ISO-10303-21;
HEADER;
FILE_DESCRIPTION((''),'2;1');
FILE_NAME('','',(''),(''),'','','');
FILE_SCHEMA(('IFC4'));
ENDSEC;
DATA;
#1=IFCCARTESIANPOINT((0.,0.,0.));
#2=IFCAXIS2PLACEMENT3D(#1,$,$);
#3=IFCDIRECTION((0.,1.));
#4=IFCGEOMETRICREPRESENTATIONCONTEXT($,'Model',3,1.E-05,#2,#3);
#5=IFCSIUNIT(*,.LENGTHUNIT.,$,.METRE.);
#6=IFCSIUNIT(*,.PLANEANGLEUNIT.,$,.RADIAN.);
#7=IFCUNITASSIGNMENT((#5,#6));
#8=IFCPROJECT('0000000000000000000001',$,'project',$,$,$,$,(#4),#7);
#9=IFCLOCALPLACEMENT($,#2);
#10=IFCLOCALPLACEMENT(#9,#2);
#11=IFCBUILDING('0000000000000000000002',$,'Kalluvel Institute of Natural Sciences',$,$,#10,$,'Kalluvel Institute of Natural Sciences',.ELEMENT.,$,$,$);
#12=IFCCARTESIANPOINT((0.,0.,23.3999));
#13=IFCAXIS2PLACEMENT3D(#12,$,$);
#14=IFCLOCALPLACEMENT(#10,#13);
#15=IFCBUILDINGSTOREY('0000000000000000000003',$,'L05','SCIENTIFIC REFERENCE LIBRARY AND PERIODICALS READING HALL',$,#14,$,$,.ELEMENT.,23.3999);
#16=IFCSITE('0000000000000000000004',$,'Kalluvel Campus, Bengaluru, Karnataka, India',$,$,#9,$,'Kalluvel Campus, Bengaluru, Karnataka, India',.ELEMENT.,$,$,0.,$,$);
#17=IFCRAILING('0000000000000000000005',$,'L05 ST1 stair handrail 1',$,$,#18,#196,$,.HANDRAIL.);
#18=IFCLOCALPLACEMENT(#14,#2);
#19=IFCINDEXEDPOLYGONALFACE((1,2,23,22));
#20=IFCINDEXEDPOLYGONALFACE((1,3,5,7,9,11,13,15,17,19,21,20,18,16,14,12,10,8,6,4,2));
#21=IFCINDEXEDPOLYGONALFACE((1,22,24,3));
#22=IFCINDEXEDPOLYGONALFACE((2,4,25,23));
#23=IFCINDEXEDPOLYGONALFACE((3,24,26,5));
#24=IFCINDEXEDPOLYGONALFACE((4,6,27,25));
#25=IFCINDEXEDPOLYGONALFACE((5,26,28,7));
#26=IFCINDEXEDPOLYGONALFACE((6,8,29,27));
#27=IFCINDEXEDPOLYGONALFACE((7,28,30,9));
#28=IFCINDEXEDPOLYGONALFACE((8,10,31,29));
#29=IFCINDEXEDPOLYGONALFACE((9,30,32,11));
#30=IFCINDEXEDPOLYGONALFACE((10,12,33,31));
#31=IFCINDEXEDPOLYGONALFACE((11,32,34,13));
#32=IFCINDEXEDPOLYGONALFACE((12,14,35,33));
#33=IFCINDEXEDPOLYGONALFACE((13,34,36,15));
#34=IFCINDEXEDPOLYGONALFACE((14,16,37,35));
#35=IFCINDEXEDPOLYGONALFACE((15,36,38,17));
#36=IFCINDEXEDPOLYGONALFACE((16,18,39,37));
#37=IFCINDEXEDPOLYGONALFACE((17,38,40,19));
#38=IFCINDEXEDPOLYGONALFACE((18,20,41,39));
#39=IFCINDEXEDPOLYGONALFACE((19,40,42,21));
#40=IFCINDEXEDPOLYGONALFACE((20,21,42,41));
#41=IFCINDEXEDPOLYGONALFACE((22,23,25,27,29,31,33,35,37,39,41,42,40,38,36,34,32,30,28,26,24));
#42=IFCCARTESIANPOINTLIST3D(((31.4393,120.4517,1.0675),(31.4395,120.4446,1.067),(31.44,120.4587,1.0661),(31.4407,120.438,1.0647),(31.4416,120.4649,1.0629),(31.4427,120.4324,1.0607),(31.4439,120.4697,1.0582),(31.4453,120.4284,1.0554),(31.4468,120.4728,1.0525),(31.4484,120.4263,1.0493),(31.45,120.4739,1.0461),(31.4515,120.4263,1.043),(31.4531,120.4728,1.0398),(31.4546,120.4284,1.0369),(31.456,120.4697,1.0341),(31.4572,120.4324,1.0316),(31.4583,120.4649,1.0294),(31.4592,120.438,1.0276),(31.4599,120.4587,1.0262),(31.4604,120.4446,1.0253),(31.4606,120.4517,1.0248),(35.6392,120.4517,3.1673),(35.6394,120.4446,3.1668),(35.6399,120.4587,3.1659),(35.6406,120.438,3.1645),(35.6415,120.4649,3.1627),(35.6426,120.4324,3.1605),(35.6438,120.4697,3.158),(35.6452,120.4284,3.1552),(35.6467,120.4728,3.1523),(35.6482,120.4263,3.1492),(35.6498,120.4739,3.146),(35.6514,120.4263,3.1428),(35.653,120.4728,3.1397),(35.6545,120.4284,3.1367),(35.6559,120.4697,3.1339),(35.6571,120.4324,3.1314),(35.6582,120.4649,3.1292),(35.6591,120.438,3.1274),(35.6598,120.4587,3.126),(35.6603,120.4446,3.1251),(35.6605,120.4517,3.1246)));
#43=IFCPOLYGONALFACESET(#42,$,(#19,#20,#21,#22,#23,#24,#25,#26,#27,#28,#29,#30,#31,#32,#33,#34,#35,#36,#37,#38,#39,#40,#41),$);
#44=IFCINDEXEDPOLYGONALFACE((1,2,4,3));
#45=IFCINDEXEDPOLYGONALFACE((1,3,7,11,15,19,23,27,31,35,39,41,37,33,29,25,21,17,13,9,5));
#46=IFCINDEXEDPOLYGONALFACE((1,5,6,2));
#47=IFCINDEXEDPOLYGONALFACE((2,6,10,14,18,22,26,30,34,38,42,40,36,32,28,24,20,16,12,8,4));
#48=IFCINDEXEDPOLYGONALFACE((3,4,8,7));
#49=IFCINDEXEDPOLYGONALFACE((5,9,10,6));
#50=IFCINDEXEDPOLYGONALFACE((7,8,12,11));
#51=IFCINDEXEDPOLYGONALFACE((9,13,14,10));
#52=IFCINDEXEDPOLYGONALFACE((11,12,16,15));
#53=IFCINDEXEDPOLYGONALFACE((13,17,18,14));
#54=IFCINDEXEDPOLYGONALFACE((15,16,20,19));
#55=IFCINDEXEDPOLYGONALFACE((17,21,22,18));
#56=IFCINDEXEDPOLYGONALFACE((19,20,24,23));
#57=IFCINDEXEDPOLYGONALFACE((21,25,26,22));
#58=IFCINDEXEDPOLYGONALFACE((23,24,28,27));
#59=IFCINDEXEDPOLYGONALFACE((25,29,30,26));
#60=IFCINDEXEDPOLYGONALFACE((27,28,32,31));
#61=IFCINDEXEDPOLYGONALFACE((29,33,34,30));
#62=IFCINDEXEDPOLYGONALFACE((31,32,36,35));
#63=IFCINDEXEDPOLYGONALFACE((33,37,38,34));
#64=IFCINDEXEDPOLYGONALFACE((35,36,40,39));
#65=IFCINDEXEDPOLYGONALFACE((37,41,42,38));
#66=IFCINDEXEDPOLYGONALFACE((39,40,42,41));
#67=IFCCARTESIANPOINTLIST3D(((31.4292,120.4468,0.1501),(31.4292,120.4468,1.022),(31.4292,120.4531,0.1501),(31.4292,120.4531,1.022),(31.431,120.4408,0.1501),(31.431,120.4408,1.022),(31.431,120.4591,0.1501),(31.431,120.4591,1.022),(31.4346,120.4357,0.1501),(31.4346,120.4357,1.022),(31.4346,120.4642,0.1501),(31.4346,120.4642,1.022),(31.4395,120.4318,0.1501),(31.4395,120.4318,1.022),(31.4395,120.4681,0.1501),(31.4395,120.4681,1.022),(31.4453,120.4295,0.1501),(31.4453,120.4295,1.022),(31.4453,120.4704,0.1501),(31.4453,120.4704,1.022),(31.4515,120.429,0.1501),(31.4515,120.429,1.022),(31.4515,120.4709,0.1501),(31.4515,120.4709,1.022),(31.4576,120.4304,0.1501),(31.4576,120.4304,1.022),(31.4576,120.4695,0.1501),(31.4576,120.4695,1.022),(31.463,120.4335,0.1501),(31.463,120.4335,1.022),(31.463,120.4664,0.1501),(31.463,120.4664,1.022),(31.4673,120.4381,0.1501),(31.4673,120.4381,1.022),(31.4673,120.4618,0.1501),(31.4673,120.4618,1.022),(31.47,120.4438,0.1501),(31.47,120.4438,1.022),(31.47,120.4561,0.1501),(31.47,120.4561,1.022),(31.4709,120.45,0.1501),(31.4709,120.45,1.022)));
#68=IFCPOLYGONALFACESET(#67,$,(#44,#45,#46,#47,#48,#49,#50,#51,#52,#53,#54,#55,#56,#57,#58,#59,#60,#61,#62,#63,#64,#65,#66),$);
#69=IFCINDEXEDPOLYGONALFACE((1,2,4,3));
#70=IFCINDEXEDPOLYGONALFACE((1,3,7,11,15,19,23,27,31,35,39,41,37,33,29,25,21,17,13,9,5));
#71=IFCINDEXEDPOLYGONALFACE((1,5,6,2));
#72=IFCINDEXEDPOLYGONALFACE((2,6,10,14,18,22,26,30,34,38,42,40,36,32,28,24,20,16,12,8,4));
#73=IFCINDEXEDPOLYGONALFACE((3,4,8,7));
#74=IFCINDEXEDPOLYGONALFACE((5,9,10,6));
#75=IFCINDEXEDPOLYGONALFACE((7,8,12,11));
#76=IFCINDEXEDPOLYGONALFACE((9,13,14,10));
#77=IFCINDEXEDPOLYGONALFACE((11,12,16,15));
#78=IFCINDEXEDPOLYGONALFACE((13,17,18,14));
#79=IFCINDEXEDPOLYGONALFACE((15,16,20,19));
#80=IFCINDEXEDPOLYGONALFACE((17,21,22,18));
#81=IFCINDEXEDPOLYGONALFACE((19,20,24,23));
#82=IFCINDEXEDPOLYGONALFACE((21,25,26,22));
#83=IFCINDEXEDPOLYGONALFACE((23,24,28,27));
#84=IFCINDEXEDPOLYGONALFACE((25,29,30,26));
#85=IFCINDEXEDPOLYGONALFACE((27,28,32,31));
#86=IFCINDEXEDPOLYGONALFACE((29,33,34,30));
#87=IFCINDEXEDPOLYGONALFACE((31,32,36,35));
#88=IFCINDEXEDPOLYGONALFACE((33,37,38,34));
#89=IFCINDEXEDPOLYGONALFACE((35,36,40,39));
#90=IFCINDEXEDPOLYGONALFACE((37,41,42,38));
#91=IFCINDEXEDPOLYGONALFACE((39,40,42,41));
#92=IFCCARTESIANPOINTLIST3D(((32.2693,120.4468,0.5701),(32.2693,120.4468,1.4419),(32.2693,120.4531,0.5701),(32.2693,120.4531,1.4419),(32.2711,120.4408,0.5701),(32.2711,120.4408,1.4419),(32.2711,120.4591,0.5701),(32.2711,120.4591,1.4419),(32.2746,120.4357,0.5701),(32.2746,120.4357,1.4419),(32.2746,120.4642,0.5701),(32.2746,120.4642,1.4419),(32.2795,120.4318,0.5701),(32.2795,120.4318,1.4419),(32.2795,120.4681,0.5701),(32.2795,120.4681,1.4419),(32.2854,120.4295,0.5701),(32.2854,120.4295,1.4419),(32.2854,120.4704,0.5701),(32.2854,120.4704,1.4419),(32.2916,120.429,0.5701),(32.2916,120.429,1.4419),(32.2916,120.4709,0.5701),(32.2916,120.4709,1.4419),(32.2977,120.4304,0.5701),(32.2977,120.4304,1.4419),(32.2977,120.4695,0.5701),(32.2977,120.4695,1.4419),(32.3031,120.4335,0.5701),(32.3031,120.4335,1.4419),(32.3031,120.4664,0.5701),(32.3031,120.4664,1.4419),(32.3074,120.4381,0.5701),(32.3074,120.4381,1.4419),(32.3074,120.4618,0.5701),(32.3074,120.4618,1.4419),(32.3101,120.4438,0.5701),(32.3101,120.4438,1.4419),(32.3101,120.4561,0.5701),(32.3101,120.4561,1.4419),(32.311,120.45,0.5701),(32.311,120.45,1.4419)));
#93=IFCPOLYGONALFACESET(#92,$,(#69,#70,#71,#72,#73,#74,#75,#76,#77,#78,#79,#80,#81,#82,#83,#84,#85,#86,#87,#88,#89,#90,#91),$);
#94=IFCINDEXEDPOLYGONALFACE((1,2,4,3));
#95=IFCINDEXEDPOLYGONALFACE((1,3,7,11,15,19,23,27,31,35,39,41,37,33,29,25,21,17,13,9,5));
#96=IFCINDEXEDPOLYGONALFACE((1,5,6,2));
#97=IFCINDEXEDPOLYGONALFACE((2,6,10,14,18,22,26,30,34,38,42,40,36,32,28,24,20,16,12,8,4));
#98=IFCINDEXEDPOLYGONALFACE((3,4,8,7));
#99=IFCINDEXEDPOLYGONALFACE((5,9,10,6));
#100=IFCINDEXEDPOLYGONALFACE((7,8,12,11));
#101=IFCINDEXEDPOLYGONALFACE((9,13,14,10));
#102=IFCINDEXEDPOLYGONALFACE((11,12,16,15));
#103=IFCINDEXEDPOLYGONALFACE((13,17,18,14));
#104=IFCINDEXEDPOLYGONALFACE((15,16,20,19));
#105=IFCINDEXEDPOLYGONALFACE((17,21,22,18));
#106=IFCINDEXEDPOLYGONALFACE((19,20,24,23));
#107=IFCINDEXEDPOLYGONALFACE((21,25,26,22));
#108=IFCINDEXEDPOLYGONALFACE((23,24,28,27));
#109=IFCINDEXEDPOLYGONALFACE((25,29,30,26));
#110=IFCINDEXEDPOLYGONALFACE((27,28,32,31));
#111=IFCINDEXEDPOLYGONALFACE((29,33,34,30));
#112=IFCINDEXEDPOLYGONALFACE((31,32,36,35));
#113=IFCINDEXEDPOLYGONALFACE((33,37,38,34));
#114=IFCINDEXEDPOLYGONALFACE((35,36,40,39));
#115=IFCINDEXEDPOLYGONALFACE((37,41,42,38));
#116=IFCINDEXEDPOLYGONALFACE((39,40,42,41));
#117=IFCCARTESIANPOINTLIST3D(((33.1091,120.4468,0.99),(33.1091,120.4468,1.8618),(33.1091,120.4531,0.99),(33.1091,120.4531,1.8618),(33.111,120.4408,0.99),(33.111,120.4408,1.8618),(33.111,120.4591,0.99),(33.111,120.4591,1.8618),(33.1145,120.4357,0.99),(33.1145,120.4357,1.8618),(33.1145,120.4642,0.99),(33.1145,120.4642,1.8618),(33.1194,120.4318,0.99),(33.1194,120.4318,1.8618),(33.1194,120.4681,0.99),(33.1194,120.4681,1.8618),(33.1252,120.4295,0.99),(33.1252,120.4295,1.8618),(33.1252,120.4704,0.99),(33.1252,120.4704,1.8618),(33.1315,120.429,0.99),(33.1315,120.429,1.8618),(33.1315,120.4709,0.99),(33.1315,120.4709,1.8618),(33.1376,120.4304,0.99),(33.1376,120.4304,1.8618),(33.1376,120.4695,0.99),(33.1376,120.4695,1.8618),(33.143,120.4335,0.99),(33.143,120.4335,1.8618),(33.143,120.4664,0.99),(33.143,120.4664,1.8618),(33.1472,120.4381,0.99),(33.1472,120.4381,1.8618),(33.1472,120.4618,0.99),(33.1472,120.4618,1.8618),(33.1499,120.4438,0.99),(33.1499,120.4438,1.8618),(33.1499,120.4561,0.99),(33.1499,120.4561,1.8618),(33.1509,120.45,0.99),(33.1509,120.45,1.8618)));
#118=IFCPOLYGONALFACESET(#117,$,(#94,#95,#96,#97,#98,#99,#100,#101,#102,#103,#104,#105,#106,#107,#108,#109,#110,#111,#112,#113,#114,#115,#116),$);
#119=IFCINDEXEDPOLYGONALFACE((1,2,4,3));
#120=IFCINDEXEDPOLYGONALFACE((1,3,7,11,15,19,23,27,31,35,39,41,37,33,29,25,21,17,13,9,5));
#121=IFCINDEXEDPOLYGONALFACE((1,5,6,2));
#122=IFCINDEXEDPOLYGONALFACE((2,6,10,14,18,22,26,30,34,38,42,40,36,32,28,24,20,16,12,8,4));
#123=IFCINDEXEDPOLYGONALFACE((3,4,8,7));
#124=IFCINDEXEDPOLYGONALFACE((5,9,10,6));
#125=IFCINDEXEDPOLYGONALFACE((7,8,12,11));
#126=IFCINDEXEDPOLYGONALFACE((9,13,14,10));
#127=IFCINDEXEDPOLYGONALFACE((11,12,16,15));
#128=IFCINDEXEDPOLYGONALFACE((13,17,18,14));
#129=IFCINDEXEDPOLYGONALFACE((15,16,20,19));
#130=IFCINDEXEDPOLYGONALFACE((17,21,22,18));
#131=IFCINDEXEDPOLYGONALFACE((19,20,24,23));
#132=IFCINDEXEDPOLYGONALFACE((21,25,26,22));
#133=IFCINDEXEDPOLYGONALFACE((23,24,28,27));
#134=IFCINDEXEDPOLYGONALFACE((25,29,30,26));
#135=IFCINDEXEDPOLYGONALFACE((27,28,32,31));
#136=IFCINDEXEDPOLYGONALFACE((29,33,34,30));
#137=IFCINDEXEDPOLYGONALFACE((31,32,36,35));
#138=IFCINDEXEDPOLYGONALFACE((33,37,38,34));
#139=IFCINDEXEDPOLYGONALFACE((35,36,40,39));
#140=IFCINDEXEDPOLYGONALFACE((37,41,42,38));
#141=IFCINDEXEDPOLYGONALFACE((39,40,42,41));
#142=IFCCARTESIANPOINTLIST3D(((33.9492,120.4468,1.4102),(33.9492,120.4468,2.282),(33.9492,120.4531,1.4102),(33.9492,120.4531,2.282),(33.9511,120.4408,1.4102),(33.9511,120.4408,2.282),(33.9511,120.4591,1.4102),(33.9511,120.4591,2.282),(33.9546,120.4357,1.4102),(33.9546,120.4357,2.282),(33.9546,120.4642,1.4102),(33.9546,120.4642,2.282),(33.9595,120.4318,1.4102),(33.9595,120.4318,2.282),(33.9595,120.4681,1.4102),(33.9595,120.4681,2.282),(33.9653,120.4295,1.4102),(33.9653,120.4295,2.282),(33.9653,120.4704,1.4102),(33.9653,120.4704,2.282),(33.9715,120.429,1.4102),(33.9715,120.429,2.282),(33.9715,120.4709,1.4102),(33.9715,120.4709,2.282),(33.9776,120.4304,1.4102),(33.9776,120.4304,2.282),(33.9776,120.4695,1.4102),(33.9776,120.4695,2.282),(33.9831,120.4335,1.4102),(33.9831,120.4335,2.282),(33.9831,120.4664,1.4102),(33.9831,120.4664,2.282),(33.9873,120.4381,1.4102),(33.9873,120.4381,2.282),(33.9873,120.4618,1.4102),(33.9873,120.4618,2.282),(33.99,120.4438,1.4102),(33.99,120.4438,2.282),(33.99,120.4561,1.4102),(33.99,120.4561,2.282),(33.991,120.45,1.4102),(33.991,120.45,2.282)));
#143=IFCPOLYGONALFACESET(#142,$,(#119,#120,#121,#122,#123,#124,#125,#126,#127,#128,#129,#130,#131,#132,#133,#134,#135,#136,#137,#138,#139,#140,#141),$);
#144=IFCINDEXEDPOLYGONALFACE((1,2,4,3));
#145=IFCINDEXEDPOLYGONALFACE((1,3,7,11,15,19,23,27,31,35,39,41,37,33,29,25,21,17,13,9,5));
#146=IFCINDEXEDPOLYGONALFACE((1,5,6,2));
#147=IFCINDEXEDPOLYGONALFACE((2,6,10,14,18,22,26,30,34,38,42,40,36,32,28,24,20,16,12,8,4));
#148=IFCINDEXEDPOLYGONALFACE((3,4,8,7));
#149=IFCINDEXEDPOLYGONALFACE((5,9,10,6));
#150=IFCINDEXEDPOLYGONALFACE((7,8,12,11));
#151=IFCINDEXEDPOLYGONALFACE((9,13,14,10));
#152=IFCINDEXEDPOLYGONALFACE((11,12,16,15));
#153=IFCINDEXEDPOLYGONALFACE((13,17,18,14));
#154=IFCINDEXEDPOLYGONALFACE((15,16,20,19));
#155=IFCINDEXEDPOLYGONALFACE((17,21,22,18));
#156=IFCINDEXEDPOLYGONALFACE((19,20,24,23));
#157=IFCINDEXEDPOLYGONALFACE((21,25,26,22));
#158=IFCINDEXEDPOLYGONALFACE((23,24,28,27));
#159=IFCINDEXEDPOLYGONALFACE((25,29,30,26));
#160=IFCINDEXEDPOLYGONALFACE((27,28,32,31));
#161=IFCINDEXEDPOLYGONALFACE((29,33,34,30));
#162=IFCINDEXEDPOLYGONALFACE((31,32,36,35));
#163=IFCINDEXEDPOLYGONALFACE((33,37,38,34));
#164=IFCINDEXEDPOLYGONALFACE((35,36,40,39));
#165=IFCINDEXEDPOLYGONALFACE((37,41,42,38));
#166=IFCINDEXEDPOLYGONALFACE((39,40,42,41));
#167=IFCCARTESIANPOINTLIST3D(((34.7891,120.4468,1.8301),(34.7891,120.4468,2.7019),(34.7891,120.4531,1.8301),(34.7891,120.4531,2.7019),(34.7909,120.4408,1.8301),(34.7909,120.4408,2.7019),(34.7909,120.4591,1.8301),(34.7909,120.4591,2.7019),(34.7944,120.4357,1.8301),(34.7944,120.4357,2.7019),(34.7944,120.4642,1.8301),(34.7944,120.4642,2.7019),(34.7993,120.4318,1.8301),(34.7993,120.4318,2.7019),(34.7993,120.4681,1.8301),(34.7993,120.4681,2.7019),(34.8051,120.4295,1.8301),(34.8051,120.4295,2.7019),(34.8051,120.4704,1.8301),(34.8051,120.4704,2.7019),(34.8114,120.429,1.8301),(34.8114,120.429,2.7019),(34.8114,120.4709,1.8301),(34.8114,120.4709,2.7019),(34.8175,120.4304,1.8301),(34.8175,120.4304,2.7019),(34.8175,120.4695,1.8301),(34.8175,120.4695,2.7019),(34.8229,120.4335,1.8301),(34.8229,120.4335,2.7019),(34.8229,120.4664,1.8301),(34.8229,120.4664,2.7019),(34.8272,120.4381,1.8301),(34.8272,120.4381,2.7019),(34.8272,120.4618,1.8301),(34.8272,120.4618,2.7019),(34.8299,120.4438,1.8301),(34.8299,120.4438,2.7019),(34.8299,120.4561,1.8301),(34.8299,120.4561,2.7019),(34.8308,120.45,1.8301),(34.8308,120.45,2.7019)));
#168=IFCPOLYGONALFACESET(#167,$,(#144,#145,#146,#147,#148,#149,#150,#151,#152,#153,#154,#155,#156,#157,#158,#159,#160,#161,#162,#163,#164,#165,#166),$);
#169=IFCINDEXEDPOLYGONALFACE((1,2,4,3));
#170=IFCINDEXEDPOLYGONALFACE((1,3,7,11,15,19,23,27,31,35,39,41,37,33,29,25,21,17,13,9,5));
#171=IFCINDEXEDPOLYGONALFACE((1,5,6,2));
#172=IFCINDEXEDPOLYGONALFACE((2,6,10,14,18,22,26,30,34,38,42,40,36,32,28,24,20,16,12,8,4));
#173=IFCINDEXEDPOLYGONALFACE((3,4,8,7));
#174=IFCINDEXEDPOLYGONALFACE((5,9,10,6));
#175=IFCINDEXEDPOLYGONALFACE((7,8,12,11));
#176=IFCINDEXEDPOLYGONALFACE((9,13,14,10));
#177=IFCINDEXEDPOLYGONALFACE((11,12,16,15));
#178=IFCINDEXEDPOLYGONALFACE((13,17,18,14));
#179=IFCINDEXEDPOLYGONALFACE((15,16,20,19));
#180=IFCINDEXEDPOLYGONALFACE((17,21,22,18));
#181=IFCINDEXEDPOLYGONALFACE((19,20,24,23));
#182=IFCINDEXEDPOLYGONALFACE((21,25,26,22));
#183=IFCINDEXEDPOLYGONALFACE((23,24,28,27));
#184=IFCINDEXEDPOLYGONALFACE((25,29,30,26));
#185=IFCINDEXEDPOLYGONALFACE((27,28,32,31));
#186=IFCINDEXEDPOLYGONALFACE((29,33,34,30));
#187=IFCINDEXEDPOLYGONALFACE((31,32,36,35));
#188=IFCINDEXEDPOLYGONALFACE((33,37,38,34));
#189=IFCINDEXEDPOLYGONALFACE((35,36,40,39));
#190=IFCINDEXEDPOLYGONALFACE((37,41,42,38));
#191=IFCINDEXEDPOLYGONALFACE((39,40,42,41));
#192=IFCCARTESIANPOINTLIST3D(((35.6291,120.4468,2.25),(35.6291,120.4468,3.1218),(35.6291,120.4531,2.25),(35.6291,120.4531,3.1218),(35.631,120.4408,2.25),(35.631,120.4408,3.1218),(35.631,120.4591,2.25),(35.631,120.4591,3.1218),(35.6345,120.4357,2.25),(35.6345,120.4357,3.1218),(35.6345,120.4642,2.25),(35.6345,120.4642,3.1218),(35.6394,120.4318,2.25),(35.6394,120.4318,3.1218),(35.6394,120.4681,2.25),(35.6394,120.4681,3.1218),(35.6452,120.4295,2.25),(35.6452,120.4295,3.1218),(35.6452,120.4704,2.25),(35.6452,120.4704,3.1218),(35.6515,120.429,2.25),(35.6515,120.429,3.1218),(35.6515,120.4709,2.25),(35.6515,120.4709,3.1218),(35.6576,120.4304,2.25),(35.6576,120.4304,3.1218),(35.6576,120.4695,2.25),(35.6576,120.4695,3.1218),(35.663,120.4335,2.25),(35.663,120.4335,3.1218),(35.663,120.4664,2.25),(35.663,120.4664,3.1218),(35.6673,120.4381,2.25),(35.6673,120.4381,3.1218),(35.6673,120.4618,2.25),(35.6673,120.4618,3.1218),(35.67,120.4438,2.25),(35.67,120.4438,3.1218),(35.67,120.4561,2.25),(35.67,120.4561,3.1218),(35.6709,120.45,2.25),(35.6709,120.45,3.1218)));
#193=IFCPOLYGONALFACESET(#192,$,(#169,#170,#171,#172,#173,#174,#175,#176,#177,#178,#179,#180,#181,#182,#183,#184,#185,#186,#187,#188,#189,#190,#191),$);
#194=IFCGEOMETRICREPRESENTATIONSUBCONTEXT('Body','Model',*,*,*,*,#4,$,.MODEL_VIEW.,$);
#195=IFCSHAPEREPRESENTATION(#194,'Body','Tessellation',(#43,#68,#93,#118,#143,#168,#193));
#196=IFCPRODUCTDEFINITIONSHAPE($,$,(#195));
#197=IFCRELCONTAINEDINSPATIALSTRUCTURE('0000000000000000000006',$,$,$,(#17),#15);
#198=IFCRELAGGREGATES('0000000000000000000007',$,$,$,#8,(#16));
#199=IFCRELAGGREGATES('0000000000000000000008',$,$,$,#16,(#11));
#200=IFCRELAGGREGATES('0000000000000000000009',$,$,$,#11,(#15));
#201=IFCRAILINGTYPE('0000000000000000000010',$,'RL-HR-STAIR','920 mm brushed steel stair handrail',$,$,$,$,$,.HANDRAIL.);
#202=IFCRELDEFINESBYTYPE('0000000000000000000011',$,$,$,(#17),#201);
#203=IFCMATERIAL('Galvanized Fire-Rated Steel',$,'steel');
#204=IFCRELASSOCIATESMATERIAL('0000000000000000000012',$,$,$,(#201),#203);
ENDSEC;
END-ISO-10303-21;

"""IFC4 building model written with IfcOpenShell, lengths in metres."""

from ifc_helpers import new_model, si_unit, direction, frame, origin, origin_2d, place, context, subcontext, project, spatial, circle, extrude, material, type_object, element, save


model = new_model("IFC4")

# Units and contexts
model_context = context("Model", 3, precision=1e-05, world=origin(), true_north=direction((0.0, 1.0)))
body_context = subcontext(model_context, "Body", "Model", "MODEL_VIEW")
ifc_project = project(units=[si_unit("LENGTHUNIT", "METRE"), si_unit("PLANEANGLEUNIT", "RADIAN")], contexts=[model_context])

# Site, building, storey
site_placement = place(None, origin())
site = spatial("IfcSite", under=ifc_project, at=site_placement, Name="Kalluvel Campus, Bengaluru, Karnataka, India", LongName="Kalluvel Campus, Bengaluru, Karnataka, India", CompositionType="ELEMENT", RefElevation=0.0)
building_placement = place(site_placement, origin())
building = spatial("IfcBuilding", under=site, at=building_placement, Name="Kalluvel Institute of Natural Sciences", LongName="Kalluvel Institute of Natural Sciences", CompositionType="ELEMENT")
storey_placement = place(building_placement, frame((0.0, 0.0, 23.3999)))
storey = spatial("IfcBuildingStorey", under=building, at=storey_placement, Name="L05", Description="SCIENTIFIC REFERENCE LIBRARY AND PERIODICALS READING HALL", CompositionType="ELEMENT", Elevation=23.3999)

# Shared definitions
ifc_material_1 = material(Name="Galvanized Fire-Rated Steel", Category="steel")

# Railing
railing_type = type_object("IfcRailingType", Name="RL-HR-STAIR", Description="920 mm brushed steel stair handrail", PredefinedType="HANDRAIL", material=ifc_material_1)
railing_placement = place(storey_placement, frame((31.45, 120.45, 0.1501)))
element("IfcRailing", 1, at=railing_placement, inside=storey, type_object=railing_type, Name="L05 ST1 stair handrail 1", PredefinedType="HANDRAIL", context=body_context, shape_type="SweptSolid", body=[
    extrude(circle(Radius=0.0239, at=origin_2d()), frame((0.0, 0.0, 0.896), z_axis=(0.894438, 0.0, 0.447193), x_axis=(0.0, 1.0, 0.0)), (0.0, 0.0, 1.0), 4.6956),
    extrude(circle(Radius=0.021, at=origin_2d()), origin(), (0.0, 0.0, 1.0), 0.8718),
    extrude(circle(Radius=0.021, at=origin_2d()), frame((0.8401, 0.0, 0.4199)), (0.0, 0.0, 1.0), 0.8718),
    extrude(circle(Radius=0.021, at=origin_2d()), frame((1.6799, 0.0, 0.8398)), (0.0, 0.0, 1.0), 0.8718),
    extrude(circle(Radius=0.021, at=origin_2d()), frame((2.52, 0.0, 1.26)), (0.0, 0.0, 1.0), 0.8718),
    extrude(circle(Radius=0.021, at=origin_2d()), frame((3.3599, 0.0, 1.6799)), (0.0, 0.0, 1.0), 0.8718),
    extrude(circle(Radius=0.021, at=origin_2d()), frame((4.2, 0.0, 2.0999)), (0.0, 0.0, 1.0), 0.8718),
])

save(model, "model.ifc")
